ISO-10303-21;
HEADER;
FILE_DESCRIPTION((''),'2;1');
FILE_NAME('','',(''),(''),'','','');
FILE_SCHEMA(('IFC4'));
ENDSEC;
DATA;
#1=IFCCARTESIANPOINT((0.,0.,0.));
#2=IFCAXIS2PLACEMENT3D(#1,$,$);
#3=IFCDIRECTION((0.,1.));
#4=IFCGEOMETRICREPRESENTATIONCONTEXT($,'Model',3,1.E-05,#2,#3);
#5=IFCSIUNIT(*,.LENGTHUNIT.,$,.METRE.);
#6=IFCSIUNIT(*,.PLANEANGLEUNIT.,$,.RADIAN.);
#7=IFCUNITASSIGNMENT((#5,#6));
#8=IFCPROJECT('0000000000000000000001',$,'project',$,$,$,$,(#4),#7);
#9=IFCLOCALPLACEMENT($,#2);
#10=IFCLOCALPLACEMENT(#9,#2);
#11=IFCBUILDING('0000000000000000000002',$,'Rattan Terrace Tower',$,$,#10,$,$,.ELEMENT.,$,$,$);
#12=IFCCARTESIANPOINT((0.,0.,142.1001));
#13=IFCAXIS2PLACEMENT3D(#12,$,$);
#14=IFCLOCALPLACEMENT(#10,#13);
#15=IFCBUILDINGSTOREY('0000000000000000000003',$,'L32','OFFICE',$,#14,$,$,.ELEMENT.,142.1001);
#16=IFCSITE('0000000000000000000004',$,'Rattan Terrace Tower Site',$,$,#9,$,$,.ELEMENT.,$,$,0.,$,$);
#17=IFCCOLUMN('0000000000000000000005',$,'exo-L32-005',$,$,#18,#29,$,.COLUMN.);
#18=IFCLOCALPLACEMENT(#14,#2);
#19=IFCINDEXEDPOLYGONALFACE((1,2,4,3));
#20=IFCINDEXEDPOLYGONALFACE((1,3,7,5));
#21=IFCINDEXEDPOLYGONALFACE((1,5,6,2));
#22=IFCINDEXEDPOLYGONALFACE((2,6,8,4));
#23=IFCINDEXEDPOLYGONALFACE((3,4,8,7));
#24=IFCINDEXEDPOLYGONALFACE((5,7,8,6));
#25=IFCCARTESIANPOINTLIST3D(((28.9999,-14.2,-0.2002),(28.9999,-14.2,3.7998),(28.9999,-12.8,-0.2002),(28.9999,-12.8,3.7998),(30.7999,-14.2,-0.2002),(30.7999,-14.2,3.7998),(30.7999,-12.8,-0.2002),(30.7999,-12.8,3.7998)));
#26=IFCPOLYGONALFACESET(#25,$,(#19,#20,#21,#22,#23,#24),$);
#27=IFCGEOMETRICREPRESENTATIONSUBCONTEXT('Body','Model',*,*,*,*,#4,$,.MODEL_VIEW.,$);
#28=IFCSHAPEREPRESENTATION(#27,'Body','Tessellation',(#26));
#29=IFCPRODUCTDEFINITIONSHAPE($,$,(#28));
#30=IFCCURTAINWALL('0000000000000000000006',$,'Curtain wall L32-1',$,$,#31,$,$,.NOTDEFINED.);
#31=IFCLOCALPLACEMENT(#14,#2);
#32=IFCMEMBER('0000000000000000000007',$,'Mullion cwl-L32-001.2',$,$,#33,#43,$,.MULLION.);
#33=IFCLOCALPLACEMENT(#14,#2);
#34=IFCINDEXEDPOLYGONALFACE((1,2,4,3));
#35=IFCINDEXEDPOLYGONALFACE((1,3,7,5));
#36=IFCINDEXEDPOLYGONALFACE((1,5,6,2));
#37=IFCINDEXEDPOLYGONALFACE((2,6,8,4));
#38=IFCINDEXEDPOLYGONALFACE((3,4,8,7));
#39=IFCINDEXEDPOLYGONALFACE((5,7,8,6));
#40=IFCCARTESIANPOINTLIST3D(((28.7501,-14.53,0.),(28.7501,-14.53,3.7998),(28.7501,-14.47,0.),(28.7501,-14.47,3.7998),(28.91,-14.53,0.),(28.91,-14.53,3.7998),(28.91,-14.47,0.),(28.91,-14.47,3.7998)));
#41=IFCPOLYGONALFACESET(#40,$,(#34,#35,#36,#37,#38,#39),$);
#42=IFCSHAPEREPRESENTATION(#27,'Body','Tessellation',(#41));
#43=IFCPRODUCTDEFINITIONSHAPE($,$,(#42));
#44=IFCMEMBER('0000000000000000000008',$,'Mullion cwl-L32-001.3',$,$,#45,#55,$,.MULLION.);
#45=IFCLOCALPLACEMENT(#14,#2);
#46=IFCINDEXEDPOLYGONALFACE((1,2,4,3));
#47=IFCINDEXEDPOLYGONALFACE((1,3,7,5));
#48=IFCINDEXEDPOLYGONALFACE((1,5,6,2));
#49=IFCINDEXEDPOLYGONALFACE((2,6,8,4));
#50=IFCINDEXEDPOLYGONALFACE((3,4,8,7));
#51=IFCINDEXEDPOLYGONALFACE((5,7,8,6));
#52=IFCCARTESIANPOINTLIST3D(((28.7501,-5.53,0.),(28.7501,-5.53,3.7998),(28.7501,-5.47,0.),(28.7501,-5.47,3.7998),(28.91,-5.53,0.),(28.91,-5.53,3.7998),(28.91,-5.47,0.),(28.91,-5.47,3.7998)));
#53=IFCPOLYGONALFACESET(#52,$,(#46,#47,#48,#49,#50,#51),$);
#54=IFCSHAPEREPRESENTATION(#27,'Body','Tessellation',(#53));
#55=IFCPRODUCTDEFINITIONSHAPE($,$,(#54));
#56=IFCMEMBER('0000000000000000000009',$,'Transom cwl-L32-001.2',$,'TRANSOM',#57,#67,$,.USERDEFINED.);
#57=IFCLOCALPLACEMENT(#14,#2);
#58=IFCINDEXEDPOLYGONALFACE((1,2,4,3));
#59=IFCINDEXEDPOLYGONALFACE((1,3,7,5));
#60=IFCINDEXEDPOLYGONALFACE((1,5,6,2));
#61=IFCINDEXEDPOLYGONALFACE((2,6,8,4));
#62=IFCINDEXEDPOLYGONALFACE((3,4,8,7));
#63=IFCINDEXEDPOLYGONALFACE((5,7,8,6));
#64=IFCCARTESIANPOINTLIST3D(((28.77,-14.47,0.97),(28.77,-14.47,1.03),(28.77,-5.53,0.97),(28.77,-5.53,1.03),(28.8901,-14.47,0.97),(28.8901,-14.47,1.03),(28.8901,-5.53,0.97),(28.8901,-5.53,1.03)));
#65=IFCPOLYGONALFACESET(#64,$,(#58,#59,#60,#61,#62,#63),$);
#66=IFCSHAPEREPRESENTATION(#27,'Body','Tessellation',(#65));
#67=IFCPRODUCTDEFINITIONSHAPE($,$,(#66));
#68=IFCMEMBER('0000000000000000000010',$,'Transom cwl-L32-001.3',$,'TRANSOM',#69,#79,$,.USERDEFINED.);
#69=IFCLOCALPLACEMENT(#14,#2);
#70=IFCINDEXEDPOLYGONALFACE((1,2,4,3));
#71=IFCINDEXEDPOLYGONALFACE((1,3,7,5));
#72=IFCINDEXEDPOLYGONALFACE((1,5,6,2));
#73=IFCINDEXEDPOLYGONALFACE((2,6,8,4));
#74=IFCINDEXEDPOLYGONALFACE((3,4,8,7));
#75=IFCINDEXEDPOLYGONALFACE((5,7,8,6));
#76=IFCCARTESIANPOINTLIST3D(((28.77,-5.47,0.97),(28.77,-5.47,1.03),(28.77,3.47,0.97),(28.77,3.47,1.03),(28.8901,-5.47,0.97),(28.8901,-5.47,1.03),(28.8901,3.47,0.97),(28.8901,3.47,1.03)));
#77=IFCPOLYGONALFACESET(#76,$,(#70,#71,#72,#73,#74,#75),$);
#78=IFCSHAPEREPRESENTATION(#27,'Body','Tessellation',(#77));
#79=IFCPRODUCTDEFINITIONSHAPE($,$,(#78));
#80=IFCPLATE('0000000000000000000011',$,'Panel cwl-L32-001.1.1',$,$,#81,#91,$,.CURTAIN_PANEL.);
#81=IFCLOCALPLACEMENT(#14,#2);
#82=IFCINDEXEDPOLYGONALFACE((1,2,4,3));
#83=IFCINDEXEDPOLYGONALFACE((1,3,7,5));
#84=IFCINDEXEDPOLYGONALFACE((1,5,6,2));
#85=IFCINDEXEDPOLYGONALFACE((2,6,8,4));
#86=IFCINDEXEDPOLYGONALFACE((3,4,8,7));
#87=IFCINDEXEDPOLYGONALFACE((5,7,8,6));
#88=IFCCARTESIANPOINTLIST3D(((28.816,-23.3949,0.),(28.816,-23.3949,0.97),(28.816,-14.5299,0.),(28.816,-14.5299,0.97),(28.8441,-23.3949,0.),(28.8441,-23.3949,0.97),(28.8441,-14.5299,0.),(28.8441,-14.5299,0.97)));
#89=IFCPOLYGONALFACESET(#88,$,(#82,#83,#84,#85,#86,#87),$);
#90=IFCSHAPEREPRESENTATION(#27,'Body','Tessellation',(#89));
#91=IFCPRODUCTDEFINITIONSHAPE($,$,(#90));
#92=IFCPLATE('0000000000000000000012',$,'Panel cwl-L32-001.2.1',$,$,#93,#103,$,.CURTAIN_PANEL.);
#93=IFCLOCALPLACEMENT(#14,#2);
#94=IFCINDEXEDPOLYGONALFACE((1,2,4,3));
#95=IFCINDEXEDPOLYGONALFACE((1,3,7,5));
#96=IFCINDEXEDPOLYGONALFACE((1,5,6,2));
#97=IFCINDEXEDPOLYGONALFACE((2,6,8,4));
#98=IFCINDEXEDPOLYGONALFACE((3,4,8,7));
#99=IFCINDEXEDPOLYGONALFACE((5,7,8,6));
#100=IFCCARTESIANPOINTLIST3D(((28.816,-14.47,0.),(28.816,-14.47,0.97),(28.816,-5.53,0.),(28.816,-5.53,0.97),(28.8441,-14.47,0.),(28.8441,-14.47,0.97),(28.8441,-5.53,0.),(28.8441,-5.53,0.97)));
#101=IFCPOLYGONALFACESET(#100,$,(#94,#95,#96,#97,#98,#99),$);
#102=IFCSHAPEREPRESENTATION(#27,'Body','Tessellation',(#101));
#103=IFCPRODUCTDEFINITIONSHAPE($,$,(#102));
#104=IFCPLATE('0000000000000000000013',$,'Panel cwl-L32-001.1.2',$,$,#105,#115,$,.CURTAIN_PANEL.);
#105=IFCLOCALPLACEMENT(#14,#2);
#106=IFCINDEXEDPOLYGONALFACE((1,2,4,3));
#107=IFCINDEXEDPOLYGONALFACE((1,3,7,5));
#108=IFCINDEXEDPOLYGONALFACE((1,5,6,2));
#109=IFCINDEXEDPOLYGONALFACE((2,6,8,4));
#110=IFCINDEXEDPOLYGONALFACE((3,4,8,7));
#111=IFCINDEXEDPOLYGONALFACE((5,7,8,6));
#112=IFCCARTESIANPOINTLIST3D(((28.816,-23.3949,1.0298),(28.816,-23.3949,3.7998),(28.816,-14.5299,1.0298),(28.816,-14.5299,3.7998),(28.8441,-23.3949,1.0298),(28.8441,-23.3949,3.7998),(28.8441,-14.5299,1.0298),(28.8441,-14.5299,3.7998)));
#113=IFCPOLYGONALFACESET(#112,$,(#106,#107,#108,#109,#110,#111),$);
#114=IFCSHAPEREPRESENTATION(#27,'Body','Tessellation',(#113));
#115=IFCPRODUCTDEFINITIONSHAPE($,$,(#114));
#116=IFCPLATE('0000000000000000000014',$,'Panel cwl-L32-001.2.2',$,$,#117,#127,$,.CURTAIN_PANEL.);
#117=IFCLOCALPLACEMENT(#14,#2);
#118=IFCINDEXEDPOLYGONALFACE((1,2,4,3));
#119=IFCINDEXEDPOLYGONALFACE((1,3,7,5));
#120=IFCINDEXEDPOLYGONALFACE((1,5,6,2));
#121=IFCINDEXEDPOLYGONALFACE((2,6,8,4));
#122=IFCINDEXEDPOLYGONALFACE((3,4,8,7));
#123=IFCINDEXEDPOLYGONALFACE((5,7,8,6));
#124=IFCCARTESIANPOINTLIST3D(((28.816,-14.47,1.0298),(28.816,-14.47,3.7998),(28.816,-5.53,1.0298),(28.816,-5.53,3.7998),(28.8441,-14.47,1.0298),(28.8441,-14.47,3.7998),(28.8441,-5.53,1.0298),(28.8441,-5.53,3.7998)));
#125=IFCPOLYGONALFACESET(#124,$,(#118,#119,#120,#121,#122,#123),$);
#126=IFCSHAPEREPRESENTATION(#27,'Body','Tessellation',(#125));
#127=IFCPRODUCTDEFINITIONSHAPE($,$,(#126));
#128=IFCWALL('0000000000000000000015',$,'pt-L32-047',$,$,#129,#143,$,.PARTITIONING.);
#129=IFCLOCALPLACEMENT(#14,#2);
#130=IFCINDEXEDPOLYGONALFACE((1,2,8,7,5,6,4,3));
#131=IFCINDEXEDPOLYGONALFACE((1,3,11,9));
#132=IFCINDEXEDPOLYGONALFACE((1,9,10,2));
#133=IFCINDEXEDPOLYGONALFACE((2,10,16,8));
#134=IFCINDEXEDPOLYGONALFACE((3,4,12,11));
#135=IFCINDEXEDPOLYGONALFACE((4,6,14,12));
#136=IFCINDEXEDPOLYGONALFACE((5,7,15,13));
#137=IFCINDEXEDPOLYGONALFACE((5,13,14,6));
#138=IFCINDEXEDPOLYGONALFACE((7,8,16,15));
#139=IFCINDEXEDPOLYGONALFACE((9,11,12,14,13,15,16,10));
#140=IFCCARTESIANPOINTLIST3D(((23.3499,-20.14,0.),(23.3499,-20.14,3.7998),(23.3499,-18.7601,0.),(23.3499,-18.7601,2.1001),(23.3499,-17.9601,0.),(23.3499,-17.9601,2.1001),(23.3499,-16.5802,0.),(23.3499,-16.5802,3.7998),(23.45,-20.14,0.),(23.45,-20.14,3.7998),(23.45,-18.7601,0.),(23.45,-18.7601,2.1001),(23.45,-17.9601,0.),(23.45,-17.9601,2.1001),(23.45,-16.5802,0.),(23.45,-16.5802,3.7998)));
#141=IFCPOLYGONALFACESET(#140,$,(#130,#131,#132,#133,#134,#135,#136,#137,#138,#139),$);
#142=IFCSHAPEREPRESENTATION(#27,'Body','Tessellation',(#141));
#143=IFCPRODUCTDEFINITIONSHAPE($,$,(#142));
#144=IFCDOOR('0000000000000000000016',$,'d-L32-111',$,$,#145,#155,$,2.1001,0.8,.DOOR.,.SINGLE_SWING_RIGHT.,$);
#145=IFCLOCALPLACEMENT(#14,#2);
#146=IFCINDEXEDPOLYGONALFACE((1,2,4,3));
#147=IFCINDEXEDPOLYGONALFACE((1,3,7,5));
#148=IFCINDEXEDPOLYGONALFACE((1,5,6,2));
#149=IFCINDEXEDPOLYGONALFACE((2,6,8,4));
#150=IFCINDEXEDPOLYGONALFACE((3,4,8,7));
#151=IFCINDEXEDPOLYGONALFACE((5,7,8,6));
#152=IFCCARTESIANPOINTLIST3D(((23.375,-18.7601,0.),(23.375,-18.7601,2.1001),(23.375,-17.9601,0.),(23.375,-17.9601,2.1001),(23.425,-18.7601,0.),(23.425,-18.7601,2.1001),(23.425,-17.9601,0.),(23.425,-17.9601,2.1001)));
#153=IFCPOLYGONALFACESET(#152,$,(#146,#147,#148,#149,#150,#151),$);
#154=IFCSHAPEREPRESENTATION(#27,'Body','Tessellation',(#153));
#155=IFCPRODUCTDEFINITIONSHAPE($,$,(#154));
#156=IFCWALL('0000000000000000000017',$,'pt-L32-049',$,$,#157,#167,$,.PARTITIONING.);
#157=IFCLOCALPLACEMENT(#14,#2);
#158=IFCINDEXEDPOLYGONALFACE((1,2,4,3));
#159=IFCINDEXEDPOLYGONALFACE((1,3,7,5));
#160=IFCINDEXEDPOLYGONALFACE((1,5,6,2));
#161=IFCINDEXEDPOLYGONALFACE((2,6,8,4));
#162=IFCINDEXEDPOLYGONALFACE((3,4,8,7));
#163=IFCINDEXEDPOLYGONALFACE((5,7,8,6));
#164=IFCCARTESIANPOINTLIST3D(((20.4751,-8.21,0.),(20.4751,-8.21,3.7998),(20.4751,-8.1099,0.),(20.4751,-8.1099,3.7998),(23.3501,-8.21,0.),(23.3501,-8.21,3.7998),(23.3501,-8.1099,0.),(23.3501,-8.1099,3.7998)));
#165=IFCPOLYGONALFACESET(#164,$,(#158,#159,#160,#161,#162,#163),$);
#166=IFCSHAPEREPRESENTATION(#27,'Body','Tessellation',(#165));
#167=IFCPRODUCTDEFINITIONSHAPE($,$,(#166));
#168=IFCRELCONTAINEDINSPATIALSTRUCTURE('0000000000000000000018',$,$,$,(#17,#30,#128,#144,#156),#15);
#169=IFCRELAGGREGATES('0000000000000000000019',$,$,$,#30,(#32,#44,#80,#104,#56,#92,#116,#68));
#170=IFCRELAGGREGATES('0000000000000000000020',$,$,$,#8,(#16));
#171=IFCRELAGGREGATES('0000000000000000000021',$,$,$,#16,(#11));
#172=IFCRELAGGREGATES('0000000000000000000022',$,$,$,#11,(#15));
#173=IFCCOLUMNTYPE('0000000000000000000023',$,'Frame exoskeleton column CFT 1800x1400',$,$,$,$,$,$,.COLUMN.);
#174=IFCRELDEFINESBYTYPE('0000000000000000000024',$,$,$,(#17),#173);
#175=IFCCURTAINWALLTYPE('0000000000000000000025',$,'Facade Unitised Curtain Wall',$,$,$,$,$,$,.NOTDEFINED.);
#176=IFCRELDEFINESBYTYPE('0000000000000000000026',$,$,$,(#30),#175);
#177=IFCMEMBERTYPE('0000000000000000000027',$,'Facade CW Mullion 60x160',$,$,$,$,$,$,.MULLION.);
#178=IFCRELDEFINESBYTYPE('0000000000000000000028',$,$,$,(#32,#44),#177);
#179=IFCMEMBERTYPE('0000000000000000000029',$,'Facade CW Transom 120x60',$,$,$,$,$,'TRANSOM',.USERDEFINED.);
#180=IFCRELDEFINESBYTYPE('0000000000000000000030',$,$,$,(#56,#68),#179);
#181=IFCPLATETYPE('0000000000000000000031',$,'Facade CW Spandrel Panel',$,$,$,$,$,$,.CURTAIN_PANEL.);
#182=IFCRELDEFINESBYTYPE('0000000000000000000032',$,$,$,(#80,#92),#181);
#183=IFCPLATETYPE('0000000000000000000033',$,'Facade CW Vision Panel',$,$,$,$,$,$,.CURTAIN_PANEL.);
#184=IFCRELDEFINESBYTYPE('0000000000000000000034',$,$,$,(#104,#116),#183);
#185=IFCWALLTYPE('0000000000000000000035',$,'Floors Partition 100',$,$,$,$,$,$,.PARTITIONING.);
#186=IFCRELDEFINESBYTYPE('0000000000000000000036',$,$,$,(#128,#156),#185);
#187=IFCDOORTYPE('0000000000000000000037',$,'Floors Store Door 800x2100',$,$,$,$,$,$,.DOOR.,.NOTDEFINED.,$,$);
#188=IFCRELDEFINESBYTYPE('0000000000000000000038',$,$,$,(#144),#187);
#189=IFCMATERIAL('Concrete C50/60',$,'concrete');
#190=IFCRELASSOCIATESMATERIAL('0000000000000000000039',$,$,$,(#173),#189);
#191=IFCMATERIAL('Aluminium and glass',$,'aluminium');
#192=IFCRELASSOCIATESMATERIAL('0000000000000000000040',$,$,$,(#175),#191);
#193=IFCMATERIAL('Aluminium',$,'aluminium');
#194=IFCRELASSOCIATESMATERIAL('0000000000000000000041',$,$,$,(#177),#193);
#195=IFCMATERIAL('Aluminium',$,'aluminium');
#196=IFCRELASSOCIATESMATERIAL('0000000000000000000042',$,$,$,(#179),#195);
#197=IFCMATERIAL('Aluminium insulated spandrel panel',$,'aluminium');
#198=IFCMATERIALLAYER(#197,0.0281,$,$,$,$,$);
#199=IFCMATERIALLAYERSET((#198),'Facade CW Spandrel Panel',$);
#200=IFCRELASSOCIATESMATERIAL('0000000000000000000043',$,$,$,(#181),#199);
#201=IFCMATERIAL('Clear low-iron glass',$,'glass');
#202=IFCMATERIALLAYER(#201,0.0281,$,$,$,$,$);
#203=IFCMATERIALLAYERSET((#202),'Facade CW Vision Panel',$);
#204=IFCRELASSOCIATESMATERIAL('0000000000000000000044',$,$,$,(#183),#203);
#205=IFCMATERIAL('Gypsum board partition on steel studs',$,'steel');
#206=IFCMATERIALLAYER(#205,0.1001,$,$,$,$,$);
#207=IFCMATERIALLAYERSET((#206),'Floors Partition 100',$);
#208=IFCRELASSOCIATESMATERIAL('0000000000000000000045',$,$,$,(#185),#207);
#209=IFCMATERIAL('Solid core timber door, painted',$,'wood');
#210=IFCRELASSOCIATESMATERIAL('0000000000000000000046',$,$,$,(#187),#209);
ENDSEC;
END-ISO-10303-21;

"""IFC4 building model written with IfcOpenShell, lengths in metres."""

from ifc_helpers import new_model, si_unit, direction, frame, frame_2d, origin, origin_2d, place, context, subcontext, project, spatial, rectangle, extrude, material, layer, layer_set, material_profile, profile_set, type_object, element, fill, aggregate, save


model = new_model("IFC4")

# Units and contexts
model_context = context("Model", 3, precision=1e-05, world=origin(), true_north=direction((0.0, 1.0)))
body_context = subcontext(model_context, "Body", "Model", "MODEL_VIEW")
ifc_project = project(units=[si_unit("LENGTHUNIT", "METRE"), si_unit("PLANEANGLEUNIT", "RADIAN")], contexts=[model_context])

# Site, building, storey
site_placement = place(None, origin())
site = spatial("IfcSite", under=ifc_project, at=site_placement, Name="Rattan Terrace Tower Site", CompositionType="ELEMENT", RefElevation=0.0)
building_placement = place(site_placement, origin())
building = spatial("IfcBuilding", under=site, at=building_placement, Name="Rattan Terrace Tower", CompositionType="ELEMENT")
storey_placement = place(building_placement, frame((0.0, 0.0, 142.1001)))
storey = spatial("IfcBuildingStorey", under=building, at=storey_placement, Name="L32", Description="OFFICE", CompositionType="ELEMENT", Elevation=142.1001)

# Column
ifc_material_1 = material(Name="Concrete C50/60", Category="concrete")
ifc_material_profile_1 = material_profile(ifc_material_1, rectangle(XDim=1.3999, YDim=1.8, at=origin_2d()), Name="CFT 1800x1400")
ifc_profile_set_1 = profile_set([ifc_material_profile_1], Name="Concrete C50/60")
column_type = type_object("IfcColumnType", Name="Frame exoskeleton column CFT 1800x1400", PredefinedType="COLUMN", material=ifc_profile_set_1)
column_placement = place(storey_placement, frame((29.8999, -13.5, -0.2002), z_axis=(0.0, 0.0, 1.0), x_axis=(0.0, 1.0, 0.0)))
element("IfcColumn", 1, at=column_placement, inside=storey, type_object=column_type, Name="exo-L32-005", PredefinedType="COLUMN", context=body_context, shape_type="SweptSolid", body=[
    extrude(rectangle(XDim=1.3999, YDim=1.8, at=origin_2d()), origin(), (0.0, 0.0, 1.0), 4.0),
])

# Curtain wall, members, plates
ifc_material_2 = material(Name="Aluminium and glass", Category="aluminium")
curtain_wall_type = type_object("IfcCurtainWallType", Name="Facade Unitised Curtain Wall", PredefinedType="NOTDEFINED", material=ifc_material_2)
curtain_wall_placement = place(storey_placement, origin())
curtain_wall = element("IfcCurtainWall", 2, at=curtain_wall_placement, inside=storey, type_object=curtain_wall_type, Name="Curtain wall L32-1", PredefinedType="NOTDEFINED")
ifc_material_3 = material(Name="Aluminium", Category="aluminium")
ifc_material_profile_2 = material_profile(ifc_material_3, rectangle(XDim=0.0601, YDim=0.1599, at=origin_2d()), Name="Aluminium 60x160")
ifc_profile_set_2 = profile_set([ifc_material_profile_2], Name="Aluminium")
member_type_1 = type_object("IfcMemberType", Name="Facade CW Mullion 60x160", PredefinedType="MULLION", material=ifc_profile_set_2)
member_1_placement = place(storey_placement, frame((28.8301, -14.5, 0.0), z_axis=(0.0, 0.0, 1.0), x_axis=(0.0, 1.0, 0.0)))
member_1 = element("IfcMember", 3, at=member_1_placement, type_object=member_type_1, Name="Mullion cwl-L32-001.2", PredefinedType="MULLION", context=body_context, shape_type="SweptSolid", body=[
    extrude(rectangle(XDim=0.0601, YDim=0.1599, at=origin_2d()), origin(), (0.0, 0.0, 1.0), 3.7998),
])
member_2_placement = place(storey_placement, frame((28.8301, -5.5, 0.0), z_axis=(0.0, 0.0, 1.0), x_axis=(0.0, 1.0, 0.0)))
member_2 = element("IfcMember", 4, at=member_2_placement, type_object=member_type_1, Name="Mullion cwl-L32-001.3", PredefinedType="MULLION", context=body_context, shape_type="SweptSolid", body=[
    extrude(rectangle(XDim=0.0601, YDim=0.1599, at=origin_2d()), origin(), (0.0, 0.0, 1.0), 3.7998),
])
ifc_material_4 = material(Name="Aluminium", Category="aluminium")
ifc_material_profile_3 = material_profile(ifc_material_4, rectangle(XDim=0.1201, YDim=0.0601, at=origin_2d()), Name="Aluminium 120x60")
ifc_profile_set_3 = profile_set([ifc_material_profile_3], Name="Aluminium")
member_type_2 = type_object("IfcMemberType", Name="Facade CW Transom 120x60", ElementType="TRANSOM", PredefinedType="USERDEFINED", material=ifc_profile_set_3)
member_3_placement = place(storey_placement, frame((28.8301, -14.47, 1.0), z_axis=(0.0, 1.0, 0.0), x_axis=(-1.0, 0.0, 0.0)))
member_3 = element("IfcMember", 5, at=member_3_placement, type_object=member_type_2, Name="Transom cwl-L32-001.2", ObjectType="TRANSOM", PredefinedType="USERDEFINED", context=body_context, shape_type="SweptSolid", body=[
    extrude(rectangle(XDim=0.1201, YDim=0.0601, at=origin_2d()), origin(), (0.0, 0.0, 1.0), 8.9399),
])
member_4_placement = place(storey_placement, frame((28.8301, -5.47, 1.0), z_axis=(0.0, 1.0, 0.0), x_axis=(-1.0, 0.0, 0.0)))
member_4 = element("IfcMember", 6, at=member_4_placement, type_object=member_type_2, Name="Transom cwl-L32-001.3", ObjectType="TRANSOM", PredefinedType="USERDEFINED", context=body_context, shape_type="SweptSolid", body=[
    extrude(rectangle(XDim=0.1201, YDim=0.0601, at=origin_2d()), origin(), (0.0, 0.0, 1.0), 8.9399),
])
ifc_material_5 = material(Name="Aluminium insulated spandrel panel", Category="aluminium")
ifc_layer_1 = layer(ifc_material_5, 0.0281)
ifc_layer_set_1 = layer_set([ifc_layer_1], Name="Facade CW Spandrel Panel")
plate_type_1 = type_object("IfcPlateType", Name="Facade CW Spandrel Panel", PredefinedType="CURTAIN_PANEL", material=ifc_layer_set_1)
plate_1_placement = place(storey_placement, frame((28.8301, -18.9624, 0.0), z_axis=(0.0, 0.0, 1.0), x_axis=(0.0, 1.0, 0.0)))
plate_1 = element("IfcPlate", 7, at=plate_1_placement, type_object=plate_type_1, Name="Panel cwl-L32-001.1.1", PredefinedType="CURTAIN_PANEL", context=body_context, shape_type="SweptSolid", body=[
    extrude(rectangle(XDim=8.865, YDim=0.0281, at=origin_2d()), origin(), (0.0, 0.0, 1.0), 0.97),
])
plate_2_placement = place(storey_placement, frame((28.8301, -10.0, 0.0), z_axis=(0.0, 0.0, 1.0), x_axis=(0.0, 1.0, 0.0)))
plate_2 = element("IfcPlate", 8, at=plate_2_placement, type_object=plate_type_1, Name="Panel cwl-L32-001.2.1", PredefinedType="CURTAIN_PANEL", context=body_context, shape_type="SweptSolid", body=[
    extrude(rectangle(XDim=8.9399, YDim=0.0281, at=origin_2d()), origin(), (0.0, 0.0, 1.0), 0.97),
])
ifc_material_6 = material(Name="Clear low-iron glass", Category="glass")
ifc_layer_2 = layer(ifc_material_6, 0.0281)
ifc_layer_set_2 = layer_set([ifc_layer_2], Name="Facade CW Vision Panel")
plate_type_2 = type_object("IfcPlateType", Name="Facade CW Vision Panel", PredefinedType="CURTAIN_PANEL", material=ifc_layer_set_2)
plate_3_placement = place(storey_placement, frame((28.8301, -18.9624, 1.0298), z_axis=(0.0, 0.0, 1.0), x_axis=(0.0, 1.0, 0.0)))
plate_3 = element("IfcPlate", 9, at=plate_3_placement, type_object=plate_type_2, Name="Panel cwl-L32-001.1.2", PredefinedType="CURTAIN_PANEL", context=body_context, shape_type="SweptSolid", body=[
    extrude(rectangle(XDim=8.865, YDim=0.0281, at=origin_2d()), origin(), (0.0, 0.0, 1.0), 2.77),
])
plate_4_placement = place(storey_placement, frame((28.8301, -10.0, 1.0298), z_axis=(0.0, 0.0, 1.0), x_axis=(0.0, 1.0, 0.0)))
plate_4 = element("IfcPlate", 10, at=plate_4_placement, type_object=plate_type_2, Name="Panel cwl-L32-001.2.2", PredefinedType="CURTAIN_PANEL", context=body_context, shape_type="SweptSolid", body=[
    extrude(rectangle(XDim=8.9399, YDim=0.0281, at=origin_2d()), origin(), (0.0, 0.0, 1.0), 2.77),
])
aggregate(curtain_wall, [member_1, member_2, plate_1, plate_3, member_3, plate_2, plate_4, member_4])

# Wall, opening, door
ifc_material_7 = material(Name="Gypsum board partition on steel studs", Category="steel")
ifc_layer_3 = layer(ifc_material_7, 0.1001)
ifc_layer_set_3 = layer_set([ifc_layer_3], Name="Floors Partition 100")
wall_type_1 = type_object("IfcWallType", Name="Floors Partition 100", PredefinedType="PARTITIONING", material=ifc_layer_set_3)
wall_1_placement = place(storey_placement, frame((23.3999, -20.1399, 0.0), z_axis=(0.0, 0.0, 1.0), x_axis=(0.0, 1.0, 0.0)))
wall_1 = element("IfcWall", 11, at=wall_1_placement, inside=storey, type_object=wall_type_1, Name="pt-L32-047", PredefinedType="PARTITIONING", context=body_context, shape_type="SweptSolid", body=[
    extrude(rectangle(XDim=3.5598, YDim=0.1001, at=frame_2d((1.7798, 0.0))), origin(), (0.0, 0.0, 1.0), 3.7998),
])
opening_1_placement = place(wall_1_placement, frame((1.3799, 0.0, 0.0)))
opening_1 = element("IfcOpeningElement", 12, at=opening_1_placement, cuts=wall_1, PredefinedType="OPENING", context=body_context, shape_type="SweptSolid", body=[
    extrude(rectangle(XDim=0.8, YDim=2.1001, at=frame_2d((0.3999, 1.05))), frame((0.0, 0.0605, 0.0), z_axis=(0.0, -1.0, 0.0), x_axis=(1.0, 0.0, 0.0)), (0.0, 0.0, 1.0), 0.1211),
])
ifc_material_8 = material(Name="Solid core timber door, painted", Category="wood")
door_type_1 = type_object("IfcDoorType", Name="Floors Store Door 800x2100", OperationType="NOTDEFINED", PredefinedType="DOOR", material=ifc_material_8)
door_1_placement = place(opening_1_placement, origin())
door_1 = element("IfcDoor", 13, at=door_1_placement, inside=storey, type_object=door_type_1, Name="d-L32-111", OperationType="SINGLE_SWING_RIGHT", OverallHeight=2.1001, OverallWidth=0.8, PredefinedType="DOOR", context=body_context, shape_type="SweptSolid", body=[
    extrude(rectangle(XDim=0.8, YDim=2.1001, at=frame_2d((0.3999, 1.05))), frame((0.0, 0.0249, 0.0), z_axis=(0.0, -1.0, 0.0), x_axis=(1.0, 0.0, 0.0)), (0.0, 0.0, 1.0), 0.05),
])
fill(opening_1, door_1)

# Wall
wall_2_placement = place(storey_placement, frame((23.3501, -8.1599, 0.0), z_axis=(0.0, 0.0, 1.0), x_axis=(-1.0, 0.0, 0.0)))
element("IfcWall", 14, at=wall_2_placement, inside=storey, type_object=wall_type_1, Name="pt-L32-049", PredefinedType="PARTITIONING", context=body_context, shape_type="SweptSolid", body=[
    extrude(rectangle(XDim=2.875, YDim=0.1001, at=frame_2d((1.4375, 0.0))), origin(), (0.0, 0.0, 1.0), 3.7998),
])

save(model, "model.ifc")
